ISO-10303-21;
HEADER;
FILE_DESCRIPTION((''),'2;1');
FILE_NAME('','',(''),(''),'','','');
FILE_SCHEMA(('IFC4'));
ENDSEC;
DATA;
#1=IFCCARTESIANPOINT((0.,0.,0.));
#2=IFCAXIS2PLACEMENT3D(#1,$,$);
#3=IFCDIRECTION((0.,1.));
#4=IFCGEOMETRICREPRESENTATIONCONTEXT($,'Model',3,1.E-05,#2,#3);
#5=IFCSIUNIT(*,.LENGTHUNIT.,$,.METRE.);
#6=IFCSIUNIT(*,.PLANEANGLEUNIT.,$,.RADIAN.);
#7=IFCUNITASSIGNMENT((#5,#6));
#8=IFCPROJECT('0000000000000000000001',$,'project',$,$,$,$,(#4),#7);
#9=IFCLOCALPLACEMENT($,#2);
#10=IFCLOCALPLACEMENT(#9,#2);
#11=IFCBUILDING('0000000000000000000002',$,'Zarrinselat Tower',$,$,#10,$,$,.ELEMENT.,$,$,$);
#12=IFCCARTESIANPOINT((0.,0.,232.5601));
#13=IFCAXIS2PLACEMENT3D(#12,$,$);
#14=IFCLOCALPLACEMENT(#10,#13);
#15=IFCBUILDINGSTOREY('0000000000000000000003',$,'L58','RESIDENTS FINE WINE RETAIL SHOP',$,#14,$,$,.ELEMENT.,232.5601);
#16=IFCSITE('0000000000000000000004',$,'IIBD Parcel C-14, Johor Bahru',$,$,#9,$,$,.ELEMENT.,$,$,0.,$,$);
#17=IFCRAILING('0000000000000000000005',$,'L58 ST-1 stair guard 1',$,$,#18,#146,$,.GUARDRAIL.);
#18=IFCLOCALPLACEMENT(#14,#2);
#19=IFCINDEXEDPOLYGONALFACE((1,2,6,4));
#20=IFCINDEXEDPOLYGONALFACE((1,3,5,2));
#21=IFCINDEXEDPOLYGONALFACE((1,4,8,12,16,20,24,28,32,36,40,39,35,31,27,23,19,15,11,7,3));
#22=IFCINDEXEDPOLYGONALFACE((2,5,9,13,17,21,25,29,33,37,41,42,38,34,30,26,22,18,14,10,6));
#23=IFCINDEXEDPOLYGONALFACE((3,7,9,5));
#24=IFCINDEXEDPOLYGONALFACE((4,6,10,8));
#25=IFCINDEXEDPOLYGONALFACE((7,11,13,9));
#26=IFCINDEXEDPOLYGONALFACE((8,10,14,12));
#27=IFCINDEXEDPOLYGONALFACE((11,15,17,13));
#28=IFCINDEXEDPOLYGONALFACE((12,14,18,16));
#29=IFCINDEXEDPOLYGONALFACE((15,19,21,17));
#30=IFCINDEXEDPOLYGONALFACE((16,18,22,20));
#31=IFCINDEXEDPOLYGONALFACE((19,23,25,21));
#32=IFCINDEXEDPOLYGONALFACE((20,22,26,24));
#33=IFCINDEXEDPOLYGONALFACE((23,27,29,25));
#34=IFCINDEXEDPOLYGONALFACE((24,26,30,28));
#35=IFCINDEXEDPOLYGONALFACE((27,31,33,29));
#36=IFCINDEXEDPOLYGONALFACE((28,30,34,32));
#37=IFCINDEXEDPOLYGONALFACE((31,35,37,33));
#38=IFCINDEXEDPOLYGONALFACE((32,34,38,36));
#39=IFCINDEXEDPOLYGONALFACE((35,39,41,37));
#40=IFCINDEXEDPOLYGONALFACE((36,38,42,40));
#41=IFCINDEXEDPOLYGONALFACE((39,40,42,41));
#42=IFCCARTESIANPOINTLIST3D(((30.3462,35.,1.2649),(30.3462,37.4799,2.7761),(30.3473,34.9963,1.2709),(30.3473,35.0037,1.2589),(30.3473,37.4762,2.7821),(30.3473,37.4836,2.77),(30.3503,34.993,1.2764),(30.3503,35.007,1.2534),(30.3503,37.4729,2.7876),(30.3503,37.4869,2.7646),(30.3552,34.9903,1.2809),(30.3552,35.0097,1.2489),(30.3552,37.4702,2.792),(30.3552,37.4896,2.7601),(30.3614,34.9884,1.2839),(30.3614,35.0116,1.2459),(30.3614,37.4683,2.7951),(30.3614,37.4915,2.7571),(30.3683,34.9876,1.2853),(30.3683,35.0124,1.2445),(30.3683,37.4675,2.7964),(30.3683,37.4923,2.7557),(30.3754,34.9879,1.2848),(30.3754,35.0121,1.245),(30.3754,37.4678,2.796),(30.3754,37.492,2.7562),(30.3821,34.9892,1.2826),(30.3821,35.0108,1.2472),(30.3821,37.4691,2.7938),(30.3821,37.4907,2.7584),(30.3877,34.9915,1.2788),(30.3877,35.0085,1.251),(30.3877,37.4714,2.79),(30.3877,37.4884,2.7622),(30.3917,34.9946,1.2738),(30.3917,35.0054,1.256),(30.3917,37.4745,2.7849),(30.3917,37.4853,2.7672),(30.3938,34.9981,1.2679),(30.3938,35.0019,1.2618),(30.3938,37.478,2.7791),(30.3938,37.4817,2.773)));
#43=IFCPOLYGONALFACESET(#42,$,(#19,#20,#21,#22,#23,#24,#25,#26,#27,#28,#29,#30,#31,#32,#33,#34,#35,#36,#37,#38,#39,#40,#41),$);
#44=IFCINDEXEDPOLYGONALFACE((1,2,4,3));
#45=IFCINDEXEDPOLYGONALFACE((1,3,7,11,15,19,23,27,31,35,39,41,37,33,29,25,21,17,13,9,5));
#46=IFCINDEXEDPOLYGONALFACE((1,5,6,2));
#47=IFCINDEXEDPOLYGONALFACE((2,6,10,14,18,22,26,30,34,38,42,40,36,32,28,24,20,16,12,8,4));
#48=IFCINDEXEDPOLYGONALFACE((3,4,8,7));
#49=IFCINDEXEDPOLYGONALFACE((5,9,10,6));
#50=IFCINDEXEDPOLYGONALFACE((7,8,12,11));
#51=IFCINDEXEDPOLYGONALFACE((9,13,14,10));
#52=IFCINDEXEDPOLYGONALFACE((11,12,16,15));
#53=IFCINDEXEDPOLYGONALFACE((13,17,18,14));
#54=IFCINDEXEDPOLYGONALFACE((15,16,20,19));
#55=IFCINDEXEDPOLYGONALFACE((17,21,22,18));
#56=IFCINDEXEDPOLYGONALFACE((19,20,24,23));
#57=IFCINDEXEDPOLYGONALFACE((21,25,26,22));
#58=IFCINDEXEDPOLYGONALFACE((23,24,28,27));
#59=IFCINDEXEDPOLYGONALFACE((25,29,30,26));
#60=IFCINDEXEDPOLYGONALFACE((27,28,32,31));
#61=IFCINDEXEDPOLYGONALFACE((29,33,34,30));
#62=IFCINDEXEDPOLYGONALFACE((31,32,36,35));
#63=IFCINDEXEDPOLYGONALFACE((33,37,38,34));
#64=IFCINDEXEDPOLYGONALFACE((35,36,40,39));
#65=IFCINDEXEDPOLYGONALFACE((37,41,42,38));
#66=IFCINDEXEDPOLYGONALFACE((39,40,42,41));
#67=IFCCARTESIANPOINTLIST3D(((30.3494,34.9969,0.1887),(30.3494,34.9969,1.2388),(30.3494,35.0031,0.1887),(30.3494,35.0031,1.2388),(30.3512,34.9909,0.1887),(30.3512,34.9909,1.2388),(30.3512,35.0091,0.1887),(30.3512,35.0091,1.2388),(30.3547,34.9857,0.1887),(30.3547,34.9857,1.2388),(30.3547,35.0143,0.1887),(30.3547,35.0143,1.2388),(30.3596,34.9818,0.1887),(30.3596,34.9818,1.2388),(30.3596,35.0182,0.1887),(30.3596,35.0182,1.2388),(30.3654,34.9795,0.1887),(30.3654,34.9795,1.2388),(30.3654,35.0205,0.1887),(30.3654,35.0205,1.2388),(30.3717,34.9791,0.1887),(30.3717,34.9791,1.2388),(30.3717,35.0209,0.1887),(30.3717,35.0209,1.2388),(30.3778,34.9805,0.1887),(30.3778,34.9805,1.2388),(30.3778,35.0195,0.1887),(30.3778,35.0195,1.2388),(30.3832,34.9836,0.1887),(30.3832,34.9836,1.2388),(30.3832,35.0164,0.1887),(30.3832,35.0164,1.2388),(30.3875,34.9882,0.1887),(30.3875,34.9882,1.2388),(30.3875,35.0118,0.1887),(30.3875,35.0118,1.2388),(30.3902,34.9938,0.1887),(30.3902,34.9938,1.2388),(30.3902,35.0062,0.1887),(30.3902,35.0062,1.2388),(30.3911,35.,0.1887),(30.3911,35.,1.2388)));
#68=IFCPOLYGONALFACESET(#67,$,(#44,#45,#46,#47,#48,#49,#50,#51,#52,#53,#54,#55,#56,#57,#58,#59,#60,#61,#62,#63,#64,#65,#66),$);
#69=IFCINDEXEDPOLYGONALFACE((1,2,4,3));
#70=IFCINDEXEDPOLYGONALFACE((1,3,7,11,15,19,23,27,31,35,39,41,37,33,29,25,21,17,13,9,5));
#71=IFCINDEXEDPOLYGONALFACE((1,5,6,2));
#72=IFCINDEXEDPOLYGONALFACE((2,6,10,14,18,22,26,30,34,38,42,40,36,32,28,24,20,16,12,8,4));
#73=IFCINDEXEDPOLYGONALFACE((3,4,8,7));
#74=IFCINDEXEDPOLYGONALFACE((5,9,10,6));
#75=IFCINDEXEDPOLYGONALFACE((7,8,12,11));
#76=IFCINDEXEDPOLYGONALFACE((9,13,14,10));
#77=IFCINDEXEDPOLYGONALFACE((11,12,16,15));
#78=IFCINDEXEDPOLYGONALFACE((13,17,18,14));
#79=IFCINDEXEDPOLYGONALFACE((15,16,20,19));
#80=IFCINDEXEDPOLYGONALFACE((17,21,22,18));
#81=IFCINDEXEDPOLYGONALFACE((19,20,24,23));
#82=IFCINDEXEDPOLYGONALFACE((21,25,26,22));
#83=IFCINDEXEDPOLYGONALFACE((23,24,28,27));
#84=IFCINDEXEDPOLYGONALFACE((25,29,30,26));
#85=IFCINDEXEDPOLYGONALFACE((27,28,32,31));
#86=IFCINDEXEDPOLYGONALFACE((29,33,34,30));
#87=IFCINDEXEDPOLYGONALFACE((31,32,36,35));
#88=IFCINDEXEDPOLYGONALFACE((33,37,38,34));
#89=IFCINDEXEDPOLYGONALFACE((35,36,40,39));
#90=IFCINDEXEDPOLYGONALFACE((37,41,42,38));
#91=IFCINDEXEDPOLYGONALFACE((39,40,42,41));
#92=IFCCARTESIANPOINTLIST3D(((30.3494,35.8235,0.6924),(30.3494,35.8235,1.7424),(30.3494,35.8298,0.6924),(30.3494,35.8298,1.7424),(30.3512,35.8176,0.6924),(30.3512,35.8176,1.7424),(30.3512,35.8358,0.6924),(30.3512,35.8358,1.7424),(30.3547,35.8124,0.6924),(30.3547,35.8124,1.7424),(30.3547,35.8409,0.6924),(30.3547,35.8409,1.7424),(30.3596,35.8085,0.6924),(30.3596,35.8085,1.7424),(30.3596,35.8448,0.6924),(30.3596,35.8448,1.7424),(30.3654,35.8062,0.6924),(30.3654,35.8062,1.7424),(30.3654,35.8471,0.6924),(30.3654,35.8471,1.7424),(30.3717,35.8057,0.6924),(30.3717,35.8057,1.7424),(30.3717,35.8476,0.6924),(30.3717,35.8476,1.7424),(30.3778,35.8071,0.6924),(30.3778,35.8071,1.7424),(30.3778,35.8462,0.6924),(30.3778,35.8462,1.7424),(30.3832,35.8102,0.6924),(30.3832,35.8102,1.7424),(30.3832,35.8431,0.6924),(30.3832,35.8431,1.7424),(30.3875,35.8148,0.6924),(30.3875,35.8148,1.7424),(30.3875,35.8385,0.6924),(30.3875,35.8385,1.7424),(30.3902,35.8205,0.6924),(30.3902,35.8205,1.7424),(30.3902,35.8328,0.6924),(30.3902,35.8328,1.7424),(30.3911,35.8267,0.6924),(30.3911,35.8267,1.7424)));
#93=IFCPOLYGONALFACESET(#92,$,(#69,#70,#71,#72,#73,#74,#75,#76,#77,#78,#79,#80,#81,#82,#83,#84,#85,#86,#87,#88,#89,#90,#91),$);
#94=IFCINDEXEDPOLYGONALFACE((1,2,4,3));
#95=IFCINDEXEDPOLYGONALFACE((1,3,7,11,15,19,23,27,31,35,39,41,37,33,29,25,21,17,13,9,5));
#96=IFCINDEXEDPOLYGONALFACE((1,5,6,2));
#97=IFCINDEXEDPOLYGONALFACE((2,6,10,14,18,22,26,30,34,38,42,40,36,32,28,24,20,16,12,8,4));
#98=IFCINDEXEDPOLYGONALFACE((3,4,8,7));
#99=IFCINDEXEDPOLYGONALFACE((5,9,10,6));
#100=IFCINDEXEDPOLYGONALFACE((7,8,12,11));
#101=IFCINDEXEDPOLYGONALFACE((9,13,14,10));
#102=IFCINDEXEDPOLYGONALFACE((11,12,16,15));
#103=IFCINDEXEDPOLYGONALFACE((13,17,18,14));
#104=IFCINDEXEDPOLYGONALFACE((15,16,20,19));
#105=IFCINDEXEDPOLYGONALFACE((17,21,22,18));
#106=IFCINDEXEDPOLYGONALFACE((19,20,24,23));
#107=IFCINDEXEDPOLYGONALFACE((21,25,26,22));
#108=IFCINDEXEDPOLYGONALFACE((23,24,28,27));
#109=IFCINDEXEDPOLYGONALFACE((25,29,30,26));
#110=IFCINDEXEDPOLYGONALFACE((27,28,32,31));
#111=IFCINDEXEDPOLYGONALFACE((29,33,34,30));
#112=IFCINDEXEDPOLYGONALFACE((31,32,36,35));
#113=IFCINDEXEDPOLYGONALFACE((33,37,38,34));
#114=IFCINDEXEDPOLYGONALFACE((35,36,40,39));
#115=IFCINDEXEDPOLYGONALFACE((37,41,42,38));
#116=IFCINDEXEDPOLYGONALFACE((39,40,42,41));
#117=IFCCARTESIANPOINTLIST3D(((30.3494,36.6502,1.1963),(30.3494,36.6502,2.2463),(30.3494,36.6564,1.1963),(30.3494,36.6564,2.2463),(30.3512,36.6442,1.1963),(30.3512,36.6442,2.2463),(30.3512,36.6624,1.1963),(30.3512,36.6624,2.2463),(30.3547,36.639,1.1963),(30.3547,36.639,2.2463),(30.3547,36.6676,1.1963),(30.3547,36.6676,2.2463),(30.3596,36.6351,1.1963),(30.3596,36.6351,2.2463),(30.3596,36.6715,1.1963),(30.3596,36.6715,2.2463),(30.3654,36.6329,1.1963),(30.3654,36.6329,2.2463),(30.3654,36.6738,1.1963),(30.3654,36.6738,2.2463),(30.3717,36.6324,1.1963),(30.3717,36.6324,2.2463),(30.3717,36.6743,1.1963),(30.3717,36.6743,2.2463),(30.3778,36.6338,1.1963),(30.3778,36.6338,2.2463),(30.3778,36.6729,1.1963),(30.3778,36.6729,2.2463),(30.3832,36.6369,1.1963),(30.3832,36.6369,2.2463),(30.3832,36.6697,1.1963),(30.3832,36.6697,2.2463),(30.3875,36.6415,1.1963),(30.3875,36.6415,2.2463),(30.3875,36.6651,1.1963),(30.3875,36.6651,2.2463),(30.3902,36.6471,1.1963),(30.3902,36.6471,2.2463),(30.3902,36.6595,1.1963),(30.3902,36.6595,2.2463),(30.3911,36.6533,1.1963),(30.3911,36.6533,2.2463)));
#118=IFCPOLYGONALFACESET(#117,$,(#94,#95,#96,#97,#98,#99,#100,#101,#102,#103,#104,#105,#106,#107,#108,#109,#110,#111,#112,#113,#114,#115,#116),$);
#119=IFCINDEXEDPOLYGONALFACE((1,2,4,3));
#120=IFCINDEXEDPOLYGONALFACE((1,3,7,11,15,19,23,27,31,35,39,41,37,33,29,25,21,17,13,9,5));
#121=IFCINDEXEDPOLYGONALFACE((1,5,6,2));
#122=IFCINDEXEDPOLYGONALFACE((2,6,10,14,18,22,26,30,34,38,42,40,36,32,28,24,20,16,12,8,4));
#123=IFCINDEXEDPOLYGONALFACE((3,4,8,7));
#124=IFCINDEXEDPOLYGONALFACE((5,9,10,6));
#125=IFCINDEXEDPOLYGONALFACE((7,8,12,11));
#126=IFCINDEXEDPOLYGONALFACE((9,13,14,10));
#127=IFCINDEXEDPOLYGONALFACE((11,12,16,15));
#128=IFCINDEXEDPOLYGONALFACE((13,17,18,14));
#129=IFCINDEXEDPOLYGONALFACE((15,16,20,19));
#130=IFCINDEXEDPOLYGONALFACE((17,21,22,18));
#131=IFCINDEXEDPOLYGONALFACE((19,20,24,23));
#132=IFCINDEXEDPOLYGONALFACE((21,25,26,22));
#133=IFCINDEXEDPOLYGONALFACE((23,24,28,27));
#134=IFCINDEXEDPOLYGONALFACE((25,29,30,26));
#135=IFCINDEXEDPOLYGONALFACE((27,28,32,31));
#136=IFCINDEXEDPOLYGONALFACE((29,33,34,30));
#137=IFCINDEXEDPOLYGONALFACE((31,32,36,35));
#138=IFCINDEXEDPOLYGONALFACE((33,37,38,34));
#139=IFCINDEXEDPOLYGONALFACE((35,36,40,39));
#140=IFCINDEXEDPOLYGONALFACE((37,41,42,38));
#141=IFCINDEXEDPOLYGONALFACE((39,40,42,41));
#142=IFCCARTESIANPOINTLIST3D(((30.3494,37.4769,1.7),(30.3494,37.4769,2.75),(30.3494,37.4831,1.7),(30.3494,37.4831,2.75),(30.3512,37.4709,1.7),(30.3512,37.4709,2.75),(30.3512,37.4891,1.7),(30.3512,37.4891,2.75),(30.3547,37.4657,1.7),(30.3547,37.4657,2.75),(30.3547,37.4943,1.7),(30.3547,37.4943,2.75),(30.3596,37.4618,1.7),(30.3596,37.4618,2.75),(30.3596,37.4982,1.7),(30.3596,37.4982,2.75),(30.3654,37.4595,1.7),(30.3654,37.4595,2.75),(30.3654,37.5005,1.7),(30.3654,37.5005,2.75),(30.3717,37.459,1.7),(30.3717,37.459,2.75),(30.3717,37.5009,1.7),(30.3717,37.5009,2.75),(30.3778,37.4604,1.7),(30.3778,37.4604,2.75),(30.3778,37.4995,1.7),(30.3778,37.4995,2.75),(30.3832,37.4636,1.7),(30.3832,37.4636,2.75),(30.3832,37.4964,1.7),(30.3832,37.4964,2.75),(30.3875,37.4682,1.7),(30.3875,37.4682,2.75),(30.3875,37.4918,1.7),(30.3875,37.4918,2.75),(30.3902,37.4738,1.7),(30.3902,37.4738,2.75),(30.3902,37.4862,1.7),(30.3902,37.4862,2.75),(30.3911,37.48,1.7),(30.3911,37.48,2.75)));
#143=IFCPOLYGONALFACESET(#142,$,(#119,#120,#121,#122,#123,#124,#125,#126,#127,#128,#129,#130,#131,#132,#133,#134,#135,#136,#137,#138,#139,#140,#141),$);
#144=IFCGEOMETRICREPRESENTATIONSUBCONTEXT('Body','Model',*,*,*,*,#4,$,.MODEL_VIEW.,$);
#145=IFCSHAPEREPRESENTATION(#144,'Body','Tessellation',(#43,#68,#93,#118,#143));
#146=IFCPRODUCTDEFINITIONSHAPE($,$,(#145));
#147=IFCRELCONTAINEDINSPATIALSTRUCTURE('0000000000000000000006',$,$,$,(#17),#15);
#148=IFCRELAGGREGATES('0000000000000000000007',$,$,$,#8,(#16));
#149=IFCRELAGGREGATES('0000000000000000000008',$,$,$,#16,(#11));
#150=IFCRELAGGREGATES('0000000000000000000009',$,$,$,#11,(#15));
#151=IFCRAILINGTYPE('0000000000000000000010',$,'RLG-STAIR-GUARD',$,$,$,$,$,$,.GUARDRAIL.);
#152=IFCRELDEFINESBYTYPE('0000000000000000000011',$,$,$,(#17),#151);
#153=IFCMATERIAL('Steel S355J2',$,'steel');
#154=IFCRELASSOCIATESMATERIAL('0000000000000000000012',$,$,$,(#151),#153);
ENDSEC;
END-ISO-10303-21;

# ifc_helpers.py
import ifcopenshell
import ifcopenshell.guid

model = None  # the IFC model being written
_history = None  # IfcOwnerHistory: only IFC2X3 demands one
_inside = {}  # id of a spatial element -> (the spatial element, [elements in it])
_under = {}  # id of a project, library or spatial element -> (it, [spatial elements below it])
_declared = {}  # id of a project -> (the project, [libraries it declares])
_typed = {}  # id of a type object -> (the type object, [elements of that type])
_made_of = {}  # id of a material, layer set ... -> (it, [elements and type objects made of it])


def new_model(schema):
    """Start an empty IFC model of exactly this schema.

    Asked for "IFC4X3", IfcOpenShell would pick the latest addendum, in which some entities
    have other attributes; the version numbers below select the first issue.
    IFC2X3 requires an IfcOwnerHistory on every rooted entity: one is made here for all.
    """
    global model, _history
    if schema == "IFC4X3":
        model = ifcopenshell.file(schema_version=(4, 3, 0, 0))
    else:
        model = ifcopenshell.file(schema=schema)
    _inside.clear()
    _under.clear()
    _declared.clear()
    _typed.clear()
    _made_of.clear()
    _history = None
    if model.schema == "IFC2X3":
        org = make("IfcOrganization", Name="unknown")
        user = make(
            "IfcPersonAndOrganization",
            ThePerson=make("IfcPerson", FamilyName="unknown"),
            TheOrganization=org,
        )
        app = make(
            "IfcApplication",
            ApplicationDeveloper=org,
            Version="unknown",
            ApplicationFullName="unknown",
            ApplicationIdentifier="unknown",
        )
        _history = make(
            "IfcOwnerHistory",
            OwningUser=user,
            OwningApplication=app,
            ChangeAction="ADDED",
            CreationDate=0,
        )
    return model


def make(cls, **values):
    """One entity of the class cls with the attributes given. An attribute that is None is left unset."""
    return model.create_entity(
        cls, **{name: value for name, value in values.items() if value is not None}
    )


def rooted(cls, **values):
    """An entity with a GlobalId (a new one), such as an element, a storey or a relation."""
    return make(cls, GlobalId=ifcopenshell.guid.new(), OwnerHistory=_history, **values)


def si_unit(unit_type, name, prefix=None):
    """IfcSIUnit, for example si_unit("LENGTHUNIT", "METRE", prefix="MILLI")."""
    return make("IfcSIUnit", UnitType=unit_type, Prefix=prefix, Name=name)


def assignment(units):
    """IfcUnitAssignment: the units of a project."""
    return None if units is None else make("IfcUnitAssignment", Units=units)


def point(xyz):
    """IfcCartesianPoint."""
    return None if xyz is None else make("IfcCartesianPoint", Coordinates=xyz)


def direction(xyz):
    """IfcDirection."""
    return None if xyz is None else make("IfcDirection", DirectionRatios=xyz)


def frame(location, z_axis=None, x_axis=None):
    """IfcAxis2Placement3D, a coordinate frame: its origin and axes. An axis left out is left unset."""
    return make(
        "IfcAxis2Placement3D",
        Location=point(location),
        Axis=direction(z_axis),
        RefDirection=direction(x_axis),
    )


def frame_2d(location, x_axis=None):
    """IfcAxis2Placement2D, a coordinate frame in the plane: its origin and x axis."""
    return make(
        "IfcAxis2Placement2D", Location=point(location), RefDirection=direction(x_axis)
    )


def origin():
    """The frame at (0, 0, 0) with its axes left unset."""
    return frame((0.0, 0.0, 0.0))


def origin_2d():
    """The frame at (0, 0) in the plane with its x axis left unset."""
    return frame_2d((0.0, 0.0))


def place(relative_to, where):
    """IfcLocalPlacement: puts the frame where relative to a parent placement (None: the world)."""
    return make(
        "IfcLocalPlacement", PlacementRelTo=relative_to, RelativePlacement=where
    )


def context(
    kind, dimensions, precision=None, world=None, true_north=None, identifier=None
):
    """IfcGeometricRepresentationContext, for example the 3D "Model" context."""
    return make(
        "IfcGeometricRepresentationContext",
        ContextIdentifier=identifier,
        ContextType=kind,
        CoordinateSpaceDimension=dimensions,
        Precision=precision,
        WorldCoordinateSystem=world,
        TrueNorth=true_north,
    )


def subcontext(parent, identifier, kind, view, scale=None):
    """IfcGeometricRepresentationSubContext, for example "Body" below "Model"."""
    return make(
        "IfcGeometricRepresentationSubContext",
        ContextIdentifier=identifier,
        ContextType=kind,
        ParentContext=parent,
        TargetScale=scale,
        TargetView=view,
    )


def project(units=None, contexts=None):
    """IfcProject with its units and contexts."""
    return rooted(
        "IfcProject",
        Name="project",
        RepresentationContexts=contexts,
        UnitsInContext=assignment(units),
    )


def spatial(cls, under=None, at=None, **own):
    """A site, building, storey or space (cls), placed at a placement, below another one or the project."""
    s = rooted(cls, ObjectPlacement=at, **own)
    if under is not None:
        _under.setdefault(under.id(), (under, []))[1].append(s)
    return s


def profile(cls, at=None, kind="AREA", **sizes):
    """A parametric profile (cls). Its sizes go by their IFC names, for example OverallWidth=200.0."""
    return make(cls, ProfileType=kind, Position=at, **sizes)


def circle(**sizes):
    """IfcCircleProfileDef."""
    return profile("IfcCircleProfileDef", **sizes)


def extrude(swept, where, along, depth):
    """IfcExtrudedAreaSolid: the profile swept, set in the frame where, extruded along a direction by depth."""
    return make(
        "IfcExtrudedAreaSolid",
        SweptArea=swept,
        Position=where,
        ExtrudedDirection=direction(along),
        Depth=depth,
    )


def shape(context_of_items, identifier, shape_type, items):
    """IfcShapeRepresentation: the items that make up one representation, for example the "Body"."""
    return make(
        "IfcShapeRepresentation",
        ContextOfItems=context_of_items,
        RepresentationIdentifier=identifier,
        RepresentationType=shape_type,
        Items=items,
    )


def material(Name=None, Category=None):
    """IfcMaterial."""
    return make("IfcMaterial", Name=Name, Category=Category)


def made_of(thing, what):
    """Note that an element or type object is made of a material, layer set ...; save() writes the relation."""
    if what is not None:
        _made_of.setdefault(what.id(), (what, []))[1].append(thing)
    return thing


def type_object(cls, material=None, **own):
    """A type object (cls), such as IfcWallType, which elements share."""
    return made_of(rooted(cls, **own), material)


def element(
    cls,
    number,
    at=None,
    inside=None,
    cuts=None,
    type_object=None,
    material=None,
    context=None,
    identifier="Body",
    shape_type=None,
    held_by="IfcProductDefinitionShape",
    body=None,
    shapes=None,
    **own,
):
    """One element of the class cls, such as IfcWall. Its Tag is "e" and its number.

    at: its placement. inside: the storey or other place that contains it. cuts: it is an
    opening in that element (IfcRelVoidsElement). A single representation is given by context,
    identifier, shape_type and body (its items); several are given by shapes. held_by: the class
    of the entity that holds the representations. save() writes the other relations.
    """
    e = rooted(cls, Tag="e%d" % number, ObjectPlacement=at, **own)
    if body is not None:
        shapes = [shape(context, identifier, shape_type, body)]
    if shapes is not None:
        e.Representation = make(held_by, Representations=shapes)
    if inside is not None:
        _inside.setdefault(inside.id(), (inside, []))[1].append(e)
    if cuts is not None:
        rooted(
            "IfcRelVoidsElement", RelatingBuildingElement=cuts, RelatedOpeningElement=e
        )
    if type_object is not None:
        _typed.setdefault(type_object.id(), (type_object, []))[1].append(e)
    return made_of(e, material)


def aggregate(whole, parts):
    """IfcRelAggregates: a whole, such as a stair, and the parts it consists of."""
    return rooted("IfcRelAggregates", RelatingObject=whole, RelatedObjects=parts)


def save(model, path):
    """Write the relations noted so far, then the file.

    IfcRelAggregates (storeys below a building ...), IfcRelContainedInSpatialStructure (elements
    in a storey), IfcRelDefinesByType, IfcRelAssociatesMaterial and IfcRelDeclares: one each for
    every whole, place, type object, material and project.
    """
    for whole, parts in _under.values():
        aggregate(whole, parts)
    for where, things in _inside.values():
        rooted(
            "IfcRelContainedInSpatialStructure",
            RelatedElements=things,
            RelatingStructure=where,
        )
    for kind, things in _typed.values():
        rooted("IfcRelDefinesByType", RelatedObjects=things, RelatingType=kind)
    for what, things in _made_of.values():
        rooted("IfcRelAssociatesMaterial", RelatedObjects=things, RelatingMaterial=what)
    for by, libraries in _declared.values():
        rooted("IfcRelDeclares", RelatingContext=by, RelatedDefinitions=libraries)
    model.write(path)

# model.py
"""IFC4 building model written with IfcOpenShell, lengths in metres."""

from ifc_helpers import new_model, si_unit, direction, frame, origin, origin_2d, place, context, subcontext, project, spatial, circle, extrude, material, type_object, element, save


model = new_model("IFC4")

# Units and contexts
model_context = context("Model", 3, precision=1e-05, world=origin(), true_north=direction((0.0, 1.0)))
body_context = subcontext(model_context, "Body", "Model", "MODEL_VIEW")
ifc_project = project(units=[si_unit("LENGTHUNIT", "METRE"), si_unit("PLANEANGLEUNIT", "RADIAN")], contexts=[model_context])

# Site, building, storey
site_placement = place(None, origin())
site = spatial("IfcSite", under=ifc_project, at=site_placement, Name="IIBD Parcel C-14, Johor Bahru", CompositionType="ELEMENT", RefElevation=0.0)
building_placement = place(site_placement, origin())
building = spatial("IfcBuilding", under=site, at=building_placement, Name="Zarrinselat Tower", CompositionType="ELEMENT")
storey_placement = place(building_placement, frame((0.0, 0.0, 232.5601)))
storey = spatial("IfcBuildingStorey", under=building, at=storey_placement, Name="L58", Description="RESIDENTS FINE WINE RETAIL SHOP", CompositionType="ELEMENT", Elevation=232.5601)

# Railing
ifc_material_1 = material(Name="Steel S355J2", Category="steel")
railing_type_1 = type_object("IfcRailingType", Name="RLG-STAIR-GUARD", PredefinedType="GUARDRAIL", material=ifc_material_1)
railing_1_placement = place(storey_placement, frame((30.3701, 35.0, 0.1887)))
element("IfcRailing", 1, at=railing_1_placement, inside=storey, type_object=railing_type_1, Name="L58 ST-1 stair guard 1", PredefinedType="GUARDRAIL", context=body_context, shape_type="SweptSolid", body=[
    extrude(circle(Radius=0.0239, at=origin_2d()), frame((0.0, 0.0, 1.0762), z_axis=(0.0, 0.853942, 0.520368), x_axis=(-1.0, 0.0, 0.0)), (0.0, 0.0, 1.0), 2.9041),
    extrude(circle(Radius=0.021, at=origin_2d()), origin(), (0.0, 0.0, 1.0), 1.05),
    extrude(circle(Radius=0.021, at=origin_2d()), frame((0.0, 0.8267, 0.5037)), (0.0, 0.0, 1.0), 1.05),
    extrude(circle(Radius=0.021, at=origin_2d()), frame((0.0, 1.6533, 1.0076)), (0.0, 0.0, 1.0), 1.05),
    extrude(circle(Radius=0.021, at=origin_2d()), frame((0.0, 2.48, 1.5112)), (0.0, 0.0, 1.0), 1.05),
])

save(model, "model.ifc")
